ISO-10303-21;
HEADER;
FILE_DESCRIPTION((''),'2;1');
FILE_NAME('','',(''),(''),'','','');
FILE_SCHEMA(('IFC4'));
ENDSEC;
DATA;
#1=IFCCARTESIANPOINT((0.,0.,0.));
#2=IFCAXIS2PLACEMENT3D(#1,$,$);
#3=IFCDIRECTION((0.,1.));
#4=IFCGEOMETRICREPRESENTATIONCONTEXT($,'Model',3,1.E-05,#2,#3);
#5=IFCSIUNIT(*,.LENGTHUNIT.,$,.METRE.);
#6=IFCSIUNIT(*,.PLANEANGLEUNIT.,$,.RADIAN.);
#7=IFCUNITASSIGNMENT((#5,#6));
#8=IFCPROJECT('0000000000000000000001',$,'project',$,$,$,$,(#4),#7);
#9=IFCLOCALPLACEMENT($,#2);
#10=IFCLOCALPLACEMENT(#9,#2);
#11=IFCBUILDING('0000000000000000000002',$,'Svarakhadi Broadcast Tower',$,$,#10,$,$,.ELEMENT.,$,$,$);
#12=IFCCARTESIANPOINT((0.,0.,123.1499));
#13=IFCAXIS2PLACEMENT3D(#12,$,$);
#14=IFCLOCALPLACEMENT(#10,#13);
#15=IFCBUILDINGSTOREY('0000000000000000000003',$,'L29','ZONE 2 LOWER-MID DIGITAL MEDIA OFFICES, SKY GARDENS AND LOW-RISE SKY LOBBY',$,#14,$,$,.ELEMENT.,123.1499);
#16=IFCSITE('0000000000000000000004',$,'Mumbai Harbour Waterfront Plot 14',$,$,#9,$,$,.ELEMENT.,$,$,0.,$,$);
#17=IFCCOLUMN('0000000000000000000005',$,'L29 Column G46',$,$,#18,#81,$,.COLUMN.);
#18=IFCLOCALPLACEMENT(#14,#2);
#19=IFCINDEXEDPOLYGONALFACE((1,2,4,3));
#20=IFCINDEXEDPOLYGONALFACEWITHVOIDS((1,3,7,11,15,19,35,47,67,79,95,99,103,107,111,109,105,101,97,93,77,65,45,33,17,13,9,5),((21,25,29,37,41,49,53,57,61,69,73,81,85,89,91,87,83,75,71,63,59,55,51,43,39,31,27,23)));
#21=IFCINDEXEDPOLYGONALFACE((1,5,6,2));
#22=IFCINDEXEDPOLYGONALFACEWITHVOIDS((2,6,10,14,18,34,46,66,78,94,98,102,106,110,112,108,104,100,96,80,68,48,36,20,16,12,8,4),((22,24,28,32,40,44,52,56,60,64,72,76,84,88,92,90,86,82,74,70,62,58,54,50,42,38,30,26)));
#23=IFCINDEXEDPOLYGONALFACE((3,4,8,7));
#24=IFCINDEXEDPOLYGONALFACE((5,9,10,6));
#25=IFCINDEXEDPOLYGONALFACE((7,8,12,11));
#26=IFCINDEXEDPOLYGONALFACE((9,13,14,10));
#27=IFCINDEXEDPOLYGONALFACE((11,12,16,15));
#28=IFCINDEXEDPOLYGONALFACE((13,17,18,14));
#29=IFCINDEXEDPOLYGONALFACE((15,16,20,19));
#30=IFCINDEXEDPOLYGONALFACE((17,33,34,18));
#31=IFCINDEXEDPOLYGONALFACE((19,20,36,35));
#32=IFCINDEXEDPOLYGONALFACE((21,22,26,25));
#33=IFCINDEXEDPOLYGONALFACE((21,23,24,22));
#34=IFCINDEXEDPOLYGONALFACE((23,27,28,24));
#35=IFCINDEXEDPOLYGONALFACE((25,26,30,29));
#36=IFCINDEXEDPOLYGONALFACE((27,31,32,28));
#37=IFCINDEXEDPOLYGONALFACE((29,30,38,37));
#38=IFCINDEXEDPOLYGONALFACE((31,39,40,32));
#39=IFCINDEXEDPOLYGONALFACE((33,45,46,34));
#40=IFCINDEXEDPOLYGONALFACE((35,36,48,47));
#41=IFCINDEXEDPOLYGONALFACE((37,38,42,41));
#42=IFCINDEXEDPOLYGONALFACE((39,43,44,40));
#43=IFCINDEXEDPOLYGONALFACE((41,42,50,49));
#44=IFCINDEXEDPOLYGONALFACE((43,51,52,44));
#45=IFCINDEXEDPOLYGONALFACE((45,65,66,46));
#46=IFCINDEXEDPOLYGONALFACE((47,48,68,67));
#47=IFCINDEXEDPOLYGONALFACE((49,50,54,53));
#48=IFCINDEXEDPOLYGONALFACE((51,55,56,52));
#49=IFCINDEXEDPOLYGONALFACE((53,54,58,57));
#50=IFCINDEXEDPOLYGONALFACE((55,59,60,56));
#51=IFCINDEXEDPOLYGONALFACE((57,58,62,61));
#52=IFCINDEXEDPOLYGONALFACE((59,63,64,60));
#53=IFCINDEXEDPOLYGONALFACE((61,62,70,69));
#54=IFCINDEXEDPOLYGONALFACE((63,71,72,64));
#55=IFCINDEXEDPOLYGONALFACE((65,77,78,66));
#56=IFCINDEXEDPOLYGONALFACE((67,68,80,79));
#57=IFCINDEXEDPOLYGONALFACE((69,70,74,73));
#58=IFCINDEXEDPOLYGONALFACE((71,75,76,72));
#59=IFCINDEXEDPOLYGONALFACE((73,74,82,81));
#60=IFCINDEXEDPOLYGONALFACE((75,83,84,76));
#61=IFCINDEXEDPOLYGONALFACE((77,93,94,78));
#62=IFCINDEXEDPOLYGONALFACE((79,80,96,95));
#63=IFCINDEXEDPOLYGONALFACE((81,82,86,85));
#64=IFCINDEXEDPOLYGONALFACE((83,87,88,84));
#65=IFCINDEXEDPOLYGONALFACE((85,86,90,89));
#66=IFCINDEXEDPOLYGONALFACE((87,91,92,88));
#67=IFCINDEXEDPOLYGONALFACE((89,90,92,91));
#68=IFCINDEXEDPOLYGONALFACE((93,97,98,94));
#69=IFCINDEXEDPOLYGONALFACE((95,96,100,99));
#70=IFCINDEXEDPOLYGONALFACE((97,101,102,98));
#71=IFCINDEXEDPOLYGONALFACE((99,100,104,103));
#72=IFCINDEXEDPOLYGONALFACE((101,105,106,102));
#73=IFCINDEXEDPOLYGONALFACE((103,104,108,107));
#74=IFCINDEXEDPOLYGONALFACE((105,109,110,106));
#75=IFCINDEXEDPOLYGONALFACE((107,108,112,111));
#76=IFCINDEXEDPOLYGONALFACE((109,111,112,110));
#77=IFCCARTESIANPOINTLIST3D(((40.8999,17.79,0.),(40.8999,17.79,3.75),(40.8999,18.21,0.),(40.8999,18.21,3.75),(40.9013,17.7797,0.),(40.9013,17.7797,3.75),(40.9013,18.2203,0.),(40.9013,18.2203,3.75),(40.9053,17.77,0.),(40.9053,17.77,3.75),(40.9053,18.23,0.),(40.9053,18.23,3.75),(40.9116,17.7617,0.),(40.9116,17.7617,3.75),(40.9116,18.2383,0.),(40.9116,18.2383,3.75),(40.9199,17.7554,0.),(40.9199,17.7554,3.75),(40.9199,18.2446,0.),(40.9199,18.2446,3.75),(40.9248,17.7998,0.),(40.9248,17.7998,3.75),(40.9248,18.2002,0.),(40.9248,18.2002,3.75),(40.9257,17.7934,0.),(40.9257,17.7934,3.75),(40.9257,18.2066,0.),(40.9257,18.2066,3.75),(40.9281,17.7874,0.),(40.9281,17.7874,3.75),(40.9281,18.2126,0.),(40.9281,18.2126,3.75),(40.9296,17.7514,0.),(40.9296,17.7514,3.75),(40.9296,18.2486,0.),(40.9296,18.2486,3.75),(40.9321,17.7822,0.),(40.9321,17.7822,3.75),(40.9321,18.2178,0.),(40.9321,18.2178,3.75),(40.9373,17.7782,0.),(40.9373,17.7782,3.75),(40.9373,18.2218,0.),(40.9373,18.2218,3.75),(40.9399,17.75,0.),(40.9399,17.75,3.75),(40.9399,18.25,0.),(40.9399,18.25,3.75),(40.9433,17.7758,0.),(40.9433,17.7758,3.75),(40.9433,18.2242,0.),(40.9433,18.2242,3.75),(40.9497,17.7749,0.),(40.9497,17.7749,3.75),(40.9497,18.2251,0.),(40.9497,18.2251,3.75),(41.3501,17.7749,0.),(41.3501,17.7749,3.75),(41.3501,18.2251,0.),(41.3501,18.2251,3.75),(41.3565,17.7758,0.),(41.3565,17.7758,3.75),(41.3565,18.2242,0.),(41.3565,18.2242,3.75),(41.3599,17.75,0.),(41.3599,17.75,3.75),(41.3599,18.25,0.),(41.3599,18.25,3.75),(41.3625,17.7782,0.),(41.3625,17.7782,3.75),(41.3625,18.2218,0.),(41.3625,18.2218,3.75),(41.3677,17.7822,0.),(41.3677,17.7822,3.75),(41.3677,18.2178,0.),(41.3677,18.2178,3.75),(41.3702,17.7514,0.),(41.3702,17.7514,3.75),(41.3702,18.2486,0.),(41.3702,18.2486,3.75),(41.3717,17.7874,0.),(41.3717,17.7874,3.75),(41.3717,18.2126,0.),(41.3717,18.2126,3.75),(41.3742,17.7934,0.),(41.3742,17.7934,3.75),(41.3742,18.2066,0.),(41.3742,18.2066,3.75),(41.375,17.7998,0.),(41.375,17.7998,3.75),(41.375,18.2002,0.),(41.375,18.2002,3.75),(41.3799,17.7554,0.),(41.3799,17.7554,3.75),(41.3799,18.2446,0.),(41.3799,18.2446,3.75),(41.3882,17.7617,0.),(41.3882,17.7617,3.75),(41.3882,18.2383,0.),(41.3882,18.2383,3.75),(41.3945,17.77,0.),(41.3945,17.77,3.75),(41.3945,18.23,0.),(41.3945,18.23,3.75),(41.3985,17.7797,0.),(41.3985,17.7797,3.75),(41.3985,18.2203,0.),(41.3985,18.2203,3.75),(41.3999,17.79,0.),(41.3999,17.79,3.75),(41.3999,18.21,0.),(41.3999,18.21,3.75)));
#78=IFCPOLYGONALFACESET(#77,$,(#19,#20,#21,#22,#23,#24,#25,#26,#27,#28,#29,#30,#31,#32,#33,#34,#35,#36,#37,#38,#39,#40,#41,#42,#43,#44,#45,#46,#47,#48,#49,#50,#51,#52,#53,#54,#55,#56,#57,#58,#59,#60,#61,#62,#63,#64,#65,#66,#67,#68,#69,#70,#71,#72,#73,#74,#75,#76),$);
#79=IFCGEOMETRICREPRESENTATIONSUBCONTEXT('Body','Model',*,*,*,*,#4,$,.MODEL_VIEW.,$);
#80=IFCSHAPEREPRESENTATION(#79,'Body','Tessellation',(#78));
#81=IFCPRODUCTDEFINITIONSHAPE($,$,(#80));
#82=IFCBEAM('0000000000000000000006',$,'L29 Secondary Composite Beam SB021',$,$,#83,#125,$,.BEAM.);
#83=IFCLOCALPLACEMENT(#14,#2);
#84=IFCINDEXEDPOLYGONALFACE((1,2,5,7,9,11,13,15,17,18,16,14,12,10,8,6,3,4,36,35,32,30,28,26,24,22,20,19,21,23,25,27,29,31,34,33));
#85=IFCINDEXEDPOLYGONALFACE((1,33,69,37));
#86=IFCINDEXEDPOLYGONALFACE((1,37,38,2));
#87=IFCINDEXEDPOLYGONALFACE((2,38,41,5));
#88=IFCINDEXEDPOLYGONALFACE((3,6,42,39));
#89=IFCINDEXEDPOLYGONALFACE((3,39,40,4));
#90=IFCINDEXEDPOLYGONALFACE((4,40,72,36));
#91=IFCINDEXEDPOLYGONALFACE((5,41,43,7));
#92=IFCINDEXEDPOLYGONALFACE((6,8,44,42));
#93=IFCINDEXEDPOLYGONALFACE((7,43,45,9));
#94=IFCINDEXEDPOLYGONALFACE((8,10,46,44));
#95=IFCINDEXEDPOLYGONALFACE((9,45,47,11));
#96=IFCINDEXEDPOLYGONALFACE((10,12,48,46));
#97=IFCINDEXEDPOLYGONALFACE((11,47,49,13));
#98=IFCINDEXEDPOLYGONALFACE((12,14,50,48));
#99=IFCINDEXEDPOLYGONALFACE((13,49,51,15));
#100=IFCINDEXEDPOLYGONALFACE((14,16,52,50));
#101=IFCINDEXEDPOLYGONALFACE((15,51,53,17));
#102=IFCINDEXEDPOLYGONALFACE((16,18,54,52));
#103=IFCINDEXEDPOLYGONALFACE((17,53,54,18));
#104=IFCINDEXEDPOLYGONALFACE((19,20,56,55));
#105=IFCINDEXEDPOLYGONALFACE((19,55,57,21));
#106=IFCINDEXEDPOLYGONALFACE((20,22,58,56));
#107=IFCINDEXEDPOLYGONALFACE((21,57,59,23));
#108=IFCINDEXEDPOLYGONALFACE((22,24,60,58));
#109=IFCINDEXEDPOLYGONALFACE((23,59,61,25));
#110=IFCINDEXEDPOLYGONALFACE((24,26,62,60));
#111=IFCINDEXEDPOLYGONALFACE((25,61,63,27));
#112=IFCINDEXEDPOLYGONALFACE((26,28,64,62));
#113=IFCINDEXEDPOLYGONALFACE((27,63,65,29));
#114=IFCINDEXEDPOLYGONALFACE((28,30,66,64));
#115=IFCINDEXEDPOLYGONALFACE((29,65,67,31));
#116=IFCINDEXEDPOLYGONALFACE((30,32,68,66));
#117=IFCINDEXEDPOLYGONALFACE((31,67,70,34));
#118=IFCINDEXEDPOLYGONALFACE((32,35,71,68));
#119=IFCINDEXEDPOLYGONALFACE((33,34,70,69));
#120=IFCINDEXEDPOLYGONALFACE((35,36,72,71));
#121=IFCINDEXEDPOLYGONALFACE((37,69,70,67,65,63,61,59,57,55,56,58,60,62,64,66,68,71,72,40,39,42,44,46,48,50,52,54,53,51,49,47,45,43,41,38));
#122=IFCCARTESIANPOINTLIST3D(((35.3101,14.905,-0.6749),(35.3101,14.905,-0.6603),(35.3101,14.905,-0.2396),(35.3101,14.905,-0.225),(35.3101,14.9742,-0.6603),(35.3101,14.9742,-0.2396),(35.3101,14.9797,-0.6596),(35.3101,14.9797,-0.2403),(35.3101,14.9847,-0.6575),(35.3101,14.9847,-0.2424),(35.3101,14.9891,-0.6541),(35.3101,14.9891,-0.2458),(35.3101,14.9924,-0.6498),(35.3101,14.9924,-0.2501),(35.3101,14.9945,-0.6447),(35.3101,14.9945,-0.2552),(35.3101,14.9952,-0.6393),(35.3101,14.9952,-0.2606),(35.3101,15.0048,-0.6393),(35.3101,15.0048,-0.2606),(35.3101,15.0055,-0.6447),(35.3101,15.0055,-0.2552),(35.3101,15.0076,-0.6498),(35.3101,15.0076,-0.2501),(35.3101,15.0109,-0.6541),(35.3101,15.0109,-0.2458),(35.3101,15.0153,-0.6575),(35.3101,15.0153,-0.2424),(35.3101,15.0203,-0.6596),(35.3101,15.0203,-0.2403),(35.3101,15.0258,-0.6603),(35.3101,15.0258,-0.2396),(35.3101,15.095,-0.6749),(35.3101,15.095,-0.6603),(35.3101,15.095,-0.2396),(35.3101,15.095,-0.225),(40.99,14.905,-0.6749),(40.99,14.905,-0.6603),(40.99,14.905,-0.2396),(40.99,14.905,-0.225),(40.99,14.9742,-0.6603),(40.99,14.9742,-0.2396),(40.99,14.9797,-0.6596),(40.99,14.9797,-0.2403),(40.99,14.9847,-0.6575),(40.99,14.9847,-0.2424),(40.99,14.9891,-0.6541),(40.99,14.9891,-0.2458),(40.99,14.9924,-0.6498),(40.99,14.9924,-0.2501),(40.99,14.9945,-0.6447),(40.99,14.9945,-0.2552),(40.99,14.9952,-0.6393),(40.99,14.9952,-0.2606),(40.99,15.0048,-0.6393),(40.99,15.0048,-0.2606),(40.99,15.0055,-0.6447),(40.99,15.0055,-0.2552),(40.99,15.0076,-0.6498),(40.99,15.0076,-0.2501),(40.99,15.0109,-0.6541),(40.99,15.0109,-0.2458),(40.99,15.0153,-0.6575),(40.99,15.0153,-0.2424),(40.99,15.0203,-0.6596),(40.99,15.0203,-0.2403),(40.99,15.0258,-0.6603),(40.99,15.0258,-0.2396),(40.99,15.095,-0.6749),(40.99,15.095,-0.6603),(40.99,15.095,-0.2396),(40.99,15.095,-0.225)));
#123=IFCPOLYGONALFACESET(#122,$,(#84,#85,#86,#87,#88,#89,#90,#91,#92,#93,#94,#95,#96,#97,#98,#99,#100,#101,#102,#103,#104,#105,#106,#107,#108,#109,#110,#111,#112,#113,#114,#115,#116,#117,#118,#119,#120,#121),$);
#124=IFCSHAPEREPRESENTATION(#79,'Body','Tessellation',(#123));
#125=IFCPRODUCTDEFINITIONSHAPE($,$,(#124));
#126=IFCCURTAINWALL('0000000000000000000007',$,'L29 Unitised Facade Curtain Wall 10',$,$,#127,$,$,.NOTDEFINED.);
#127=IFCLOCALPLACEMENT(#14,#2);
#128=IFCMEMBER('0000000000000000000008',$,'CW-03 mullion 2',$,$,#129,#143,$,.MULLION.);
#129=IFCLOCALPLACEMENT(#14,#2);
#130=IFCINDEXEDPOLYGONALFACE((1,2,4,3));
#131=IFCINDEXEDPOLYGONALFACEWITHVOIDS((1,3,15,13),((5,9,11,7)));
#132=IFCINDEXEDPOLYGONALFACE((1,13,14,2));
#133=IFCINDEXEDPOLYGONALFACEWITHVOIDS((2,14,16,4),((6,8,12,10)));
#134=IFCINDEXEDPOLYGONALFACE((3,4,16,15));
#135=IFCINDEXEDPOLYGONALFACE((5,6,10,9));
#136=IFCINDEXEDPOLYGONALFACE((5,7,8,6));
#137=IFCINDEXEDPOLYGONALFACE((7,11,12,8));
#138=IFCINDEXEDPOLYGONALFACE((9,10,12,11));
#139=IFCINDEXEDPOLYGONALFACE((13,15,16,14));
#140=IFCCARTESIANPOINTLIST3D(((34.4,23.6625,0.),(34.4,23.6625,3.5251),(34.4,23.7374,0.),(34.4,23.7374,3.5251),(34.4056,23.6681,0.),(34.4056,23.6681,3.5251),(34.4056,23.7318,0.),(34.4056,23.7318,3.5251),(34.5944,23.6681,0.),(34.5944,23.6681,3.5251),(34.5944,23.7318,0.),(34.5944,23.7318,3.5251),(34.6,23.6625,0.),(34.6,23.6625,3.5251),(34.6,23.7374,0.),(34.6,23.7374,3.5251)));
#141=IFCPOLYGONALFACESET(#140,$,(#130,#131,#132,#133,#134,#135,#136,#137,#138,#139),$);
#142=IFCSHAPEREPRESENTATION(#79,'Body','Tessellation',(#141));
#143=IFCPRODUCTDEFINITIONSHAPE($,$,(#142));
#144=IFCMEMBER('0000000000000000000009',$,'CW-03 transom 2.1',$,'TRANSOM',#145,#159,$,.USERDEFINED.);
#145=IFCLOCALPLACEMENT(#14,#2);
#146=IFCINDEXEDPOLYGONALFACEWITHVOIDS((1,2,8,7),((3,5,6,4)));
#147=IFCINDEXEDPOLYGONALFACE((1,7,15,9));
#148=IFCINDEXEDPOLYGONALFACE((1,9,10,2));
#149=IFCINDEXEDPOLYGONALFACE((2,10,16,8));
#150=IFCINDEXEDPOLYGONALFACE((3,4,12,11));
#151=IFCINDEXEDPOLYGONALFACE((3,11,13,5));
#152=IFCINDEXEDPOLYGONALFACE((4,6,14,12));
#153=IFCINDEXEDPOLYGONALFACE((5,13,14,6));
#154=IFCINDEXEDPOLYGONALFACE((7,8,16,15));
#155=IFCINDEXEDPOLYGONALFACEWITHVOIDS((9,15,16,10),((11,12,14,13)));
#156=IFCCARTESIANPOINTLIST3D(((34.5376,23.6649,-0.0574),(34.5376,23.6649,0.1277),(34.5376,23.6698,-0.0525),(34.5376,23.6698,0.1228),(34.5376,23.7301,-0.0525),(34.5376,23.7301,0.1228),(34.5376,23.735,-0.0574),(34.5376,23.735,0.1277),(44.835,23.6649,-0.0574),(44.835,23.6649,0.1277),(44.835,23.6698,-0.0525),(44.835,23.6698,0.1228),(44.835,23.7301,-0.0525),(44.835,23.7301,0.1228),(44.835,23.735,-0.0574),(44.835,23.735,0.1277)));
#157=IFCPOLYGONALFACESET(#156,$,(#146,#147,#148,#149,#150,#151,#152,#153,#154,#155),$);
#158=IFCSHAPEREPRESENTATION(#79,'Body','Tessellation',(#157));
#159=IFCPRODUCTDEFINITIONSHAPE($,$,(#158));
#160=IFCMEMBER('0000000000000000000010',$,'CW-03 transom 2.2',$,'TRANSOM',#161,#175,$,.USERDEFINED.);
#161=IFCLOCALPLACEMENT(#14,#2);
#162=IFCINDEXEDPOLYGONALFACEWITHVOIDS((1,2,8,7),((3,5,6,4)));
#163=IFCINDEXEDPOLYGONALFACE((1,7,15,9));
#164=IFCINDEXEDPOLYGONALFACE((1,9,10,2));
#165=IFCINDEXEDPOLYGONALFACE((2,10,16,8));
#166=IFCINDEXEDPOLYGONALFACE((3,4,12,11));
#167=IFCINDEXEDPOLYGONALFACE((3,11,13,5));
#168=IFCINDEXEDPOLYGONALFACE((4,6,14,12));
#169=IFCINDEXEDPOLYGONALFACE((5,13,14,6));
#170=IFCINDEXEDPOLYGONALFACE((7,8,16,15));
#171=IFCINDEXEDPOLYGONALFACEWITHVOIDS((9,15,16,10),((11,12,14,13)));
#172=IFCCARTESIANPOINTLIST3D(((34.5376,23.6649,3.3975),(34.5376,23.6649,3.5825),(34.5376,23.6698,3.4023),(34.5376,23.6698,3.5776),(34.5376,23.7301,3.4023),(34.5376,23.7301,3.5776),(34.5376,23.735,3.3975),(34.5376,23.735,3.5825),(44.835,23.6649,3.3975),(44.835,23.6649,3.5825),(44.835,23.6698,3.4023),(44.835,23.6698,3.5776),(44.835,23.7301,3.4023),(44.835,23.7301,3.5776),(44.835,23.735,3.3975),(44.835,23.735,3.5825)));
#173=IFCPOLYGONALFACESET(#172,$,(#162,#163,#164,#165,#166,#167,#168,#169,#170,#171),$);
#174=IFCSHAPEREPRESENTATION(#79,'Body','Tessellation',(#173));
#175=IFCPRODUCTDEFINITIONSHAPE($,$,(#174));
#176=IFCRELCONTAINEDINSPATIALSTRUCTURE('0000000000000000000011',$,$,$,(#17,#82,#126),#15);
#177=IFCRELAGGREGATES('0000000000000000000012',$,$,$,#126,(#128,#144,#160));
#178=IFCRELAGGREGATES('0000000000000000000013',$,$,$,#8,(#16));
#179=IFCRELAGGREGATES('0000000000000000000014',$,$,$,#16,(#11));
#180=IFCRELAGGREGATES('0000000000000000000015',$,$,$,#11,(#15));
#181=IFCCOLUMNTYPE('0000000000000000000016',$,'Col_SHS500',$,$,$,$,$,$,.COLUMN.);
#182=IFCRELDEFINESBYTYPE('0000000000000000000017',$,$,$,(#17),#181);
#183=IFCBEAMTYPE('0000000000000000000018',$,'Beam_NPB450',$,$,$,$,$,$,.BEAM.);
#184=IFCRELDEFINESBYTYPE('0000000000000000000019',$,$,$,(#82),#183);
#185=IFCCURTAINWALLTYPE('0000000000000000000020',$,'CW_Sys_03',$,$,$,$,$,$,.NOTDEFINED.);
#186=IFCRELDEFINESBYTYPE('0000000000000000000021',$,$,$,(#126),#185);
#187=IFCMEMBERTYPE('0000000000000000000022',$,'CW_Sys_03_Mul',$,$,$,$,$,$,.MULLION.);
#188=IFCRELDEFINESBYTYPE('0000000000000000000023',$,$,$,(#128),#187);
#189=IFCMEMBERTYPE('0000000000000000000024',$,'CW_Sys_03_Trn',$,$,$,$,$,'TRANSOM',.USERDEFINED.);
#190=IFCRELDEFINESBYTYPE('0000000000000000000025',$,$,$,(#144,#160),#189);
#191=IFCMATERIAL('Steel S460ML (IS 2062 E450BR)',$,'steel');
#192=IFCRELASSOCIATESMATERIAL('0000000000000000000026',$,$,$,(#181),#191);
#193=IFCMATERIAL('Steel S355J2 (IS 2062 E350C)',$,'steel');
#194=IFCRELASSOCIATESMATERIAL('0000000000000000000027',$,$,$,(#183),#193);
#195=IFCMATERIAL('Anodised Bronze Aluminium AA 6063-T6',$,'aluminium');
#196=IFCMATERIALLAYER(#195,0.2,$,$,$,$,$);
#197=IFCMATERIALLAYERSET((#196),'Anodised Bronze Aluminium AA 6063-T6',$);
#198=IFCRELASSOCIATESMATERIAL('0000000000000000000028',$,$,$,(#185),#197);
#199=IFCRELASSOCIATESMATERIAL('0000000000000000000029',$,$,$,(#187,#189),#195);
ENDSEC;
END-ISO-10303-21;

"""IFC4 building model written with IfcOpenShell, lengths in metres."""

from ifc_helpers import new_model, si_unit, direction, frame, origin, origin_2d, place, context, subcontext, project, spatial, hollow_rectangle, i_section, extrude, material, layer, layer_set, material_profile, profile_set, type_object, element, aggregate, save


model = new_model("IFC4")

# Units and contexts
model_context = context("Model", 3, precision=1e-05, world=origin(), true_north=direction((0.0, 1.0)))
body_context = subcontext(model_context, "Body", "Model", "MODEL_VIEW")
ifc_project = project(units=[si_unit("LENGTHUNIT", "METRE"), si_unit("PLANEANGLEUNIT", "RADIAN")], contexts=[model_context])

# Site, building, storey
site_placement = place(None, origin())
site = spatial("IfcSite", under=ifc_project, at=site_placement, Name="Mumbai Harbour Waterfront Plot 14", CompositionType="ELEMENT", RefElevation=0.0)
building_placement = place(site_placement, origin())
building = spatial("IfcBuilding", under=site, at=building_placement, Name="Svarakhadi Broadcast Tower", CompositionType="ELEMENT")
storey_placement = place(building_placement, frame((0.0, 0.0, 123.1499)))
storey = spatial("IfcBuildingStorey", under=building, at=storey_placement, Name="L29", Description="ZONE 2 LOWER-MID DIGITAL MEDIA OFFICES, SKY GARDENS AND LOW-RISE SKY LOBBY", CompositionType="ELEMENT", Elevation=123.1499)

# Column
ifc_material_1 = material(Name="Steel S460ML (IS 2062 E450BR)", Category="steel")
ifc_material_profile_1 = material_profile(ifc_material_1, hollow_rectangle(XDim=0.5, YDim=0.5, WallThickness=0.0249, InnerFilletRadius=0.0249, OuterFilletRadius=0.04, at=origin_2d()), Name="SHS 500x500x25")
ifc_profile_set_1 = profile_set([ifc_material_profile_1], Name="Steel S460ML (IS 2062 E450BR)")
column_type_1 = type_object("IfcColumnType", Name="Col_SHS500", PredefinedType="COLUMN", material=ifc_profile_set_1)
for number, where, z_axis, x_axis, name in (
    (1, (41.1499, 18.0, 0.0), (0.0, 0.0, 1.0), (1.0, 0.0, 0.0), "L29 Column G46"),
):
    element("IfcColumn", number, at=place(storey_placement, frame(where, z_axis=z_axis, x_axis=x_axis)), inside=storey, type_object=column_type_1, Name=name, PredefinedType="COLUMN", context=body_context, shape_type="SweptSolid", body=[
        extrude(hollow_rectangle(XDim=0.5, YDim=0.5, WallThickness=0.0249, InnerFilletRadius=0.0249, OuterFilletRadius=0.04, at=origin_2d()), origin(), (0.0, 0.0, 1.0), 3.75),
    ])

# Beam
ifc_material_2 = material(Name="Steel S355J2 (IS 2062 E350C)", Category="steel")
ifc_material_profile_2 = material_profile(ifc_material_2, i_section(OverallWidth=0.1899, OverallDepth=0.45, WebThickness=0.0095, FlangeThickness=0.0146, FilletRadius=0.021, at=origin_2d()), Name="NPB 450x190x78")
ifc_profile_set_2 = profile_set([ifc_material_profile_2], Name="Steel S355J2 (IS 2062 E350C)")
beam_type_1 = type_object("IfcBeamType", Name="Beam_NPB450", PredefinedType="BEAM", material=ifc_profile_set_2)
beam_1_placement = place(storey_placement, frame((35.3101, 15.0, -0.45), z_axis=(1.0, 0.0, 0.0), x_axis=(0.0, 1.0, 0.0)))
element("IfcBeam", 2, at=beam_1_placement, inside=storey, type_object=beam_type_1, Name="L29 Secondary Composite Beam SB021", PredefinedType="BEAM", context=body_context, shape_type="SweptSolid", body=[
    extrude(i_section(OverallWidth=0.1899, OverallDepth=0.45, WebThickness=0.0095, FlangeThickness=0.0146, FilletRadius=0.021, at=origin_2d()), origin(), (0.0, 0.0, 1.0), 5.6799),
])

# Curtain wall, members
ifc_material_3 = material(Name="Anodised Bronze Aluminium AA 6063-T6", Category="aluminium")
ifc_layer_1 = layer(ifc_material_3, 0.2)
ifc_layer_set_1 = layer_set([ifc_layer_1], Name="Anodised Bronze Aluminium AA 6063-T6")
curtain_wall_type = type_object("IfcCurtainWallType", Name="CW_Sys_03", PredefinedType="NOTDEFINED", material=ifc_layer_set_1)
curtain_wall_placement = place(storey_placement, origin())
curtain_wall = element("IfcCurtainWall", 3, at=curtain_wall_placement, inside=storey, type_object=curtain_wall_type, Name="L29 Unitised Facade Curtain Wall 10", PredefinedType="NOTDEFINED")
ifc_material_profile_3 = material_profile(ifc_material_3, hollow_rectangle(XDim=0.075, YDim=0.2, WallThickness=0.0056, at=origin_2d()), Name="ALU MULLION 200x75x6")
ifc_profile_set_3 = profile_set([ifc_material_profile_3], Name="Anodised Bronze Aluminium AA 6063-T6")
member_type_1 = type_object("IfcMemberType", Name="CW_Sys_03_Mul", PredefinedType="MULLION", material=ifc_profile_set_3)
member_1_placement = place(storey_placement, frame((34.5, 23.7, 0.0), z_axis=(0.0, 0.0, 1.0), x_axis=(0.0, 1.0, 0.0)))
member_1 = element("IfcMember", 4, at=member_1_placement, type_object=member_type_1, Name="CW-03 mullion 2", PredefinedType="MULLION", context=body_context, shape_type="SweptSolid", body=[
    extrude(hollow_rectangle(XDim=0.075, YDim=0.2, WallThickness=0.0056, at=origin_2d()), origin(), (0.0, 0.0, 1.0), 3.5251),
])
ifc_material_profile_4 = material_profile(ifc_material_3, hollow_rectangle(XDim=0.0701, YDim=0.1851, WallThickness=0.0049, at=origin_2d()), Name="ALU TRANSOM 185x70x5")
ifc_profile_set_4 = profile_set([ifc_material_profile_4], Name="Anodised Bronze Aluminium AA 6063-T6")
member_type_2 = type_object("IfcMemberType", Name="CW_Sys_03_Trn", ElementType="TRANSOM", PredefinedType="USERDEFINED", material=ifc_profile_set_4)
member_2_placement = place(storey_placement, frame((34.5376, 23.7, 0.0352), z_axis=(1.0, 0.0, 0.0), x_axis=(0.0, 1.0, 0.0)))
member_2 = element("IfcMember", 5, at=member_2_placement, type_object=member_type_2, Name="CW-03 transom 2.1", ObjectType="TRANSOM", PredefinedType="USERDEFINED", context=body_context, shape_type="SweptSolid", body=[
    extrude(hollow_rectangle(XDim=0.0701, YDim=0.1851, WallThickness=0.0049, at=origin_2d()), origin(), (0.0, 0.0, 1.0), 10.2974),
])
member_3_placement = place(storey_placement, frame((34.5376, 23.7, 3.49), z_axis=(1.0, 0.0, 0.0), x_axis=(0.0, 1.0, 0.0)))
member_3 = element("IfcMember", 6, at=member_3_placement, type_object=member_type_2, Name="CW-03 transom 2.2", ObjectType="TRANSOM", PredefinedType="USERDEFINED", context=body_context, shape_type="SweptSolid", body=[
    extrude(hollow_rectangle(XDim=0.0701, YDim=0.1851, WallThickness=0.0049, at=origin_2d()), origin(), (0.0, 0.0, 1.0), 10.2974),
])

aggregate(curtain_wall, [member_1, member_2, member_3])

save(model, "model.ifc")
